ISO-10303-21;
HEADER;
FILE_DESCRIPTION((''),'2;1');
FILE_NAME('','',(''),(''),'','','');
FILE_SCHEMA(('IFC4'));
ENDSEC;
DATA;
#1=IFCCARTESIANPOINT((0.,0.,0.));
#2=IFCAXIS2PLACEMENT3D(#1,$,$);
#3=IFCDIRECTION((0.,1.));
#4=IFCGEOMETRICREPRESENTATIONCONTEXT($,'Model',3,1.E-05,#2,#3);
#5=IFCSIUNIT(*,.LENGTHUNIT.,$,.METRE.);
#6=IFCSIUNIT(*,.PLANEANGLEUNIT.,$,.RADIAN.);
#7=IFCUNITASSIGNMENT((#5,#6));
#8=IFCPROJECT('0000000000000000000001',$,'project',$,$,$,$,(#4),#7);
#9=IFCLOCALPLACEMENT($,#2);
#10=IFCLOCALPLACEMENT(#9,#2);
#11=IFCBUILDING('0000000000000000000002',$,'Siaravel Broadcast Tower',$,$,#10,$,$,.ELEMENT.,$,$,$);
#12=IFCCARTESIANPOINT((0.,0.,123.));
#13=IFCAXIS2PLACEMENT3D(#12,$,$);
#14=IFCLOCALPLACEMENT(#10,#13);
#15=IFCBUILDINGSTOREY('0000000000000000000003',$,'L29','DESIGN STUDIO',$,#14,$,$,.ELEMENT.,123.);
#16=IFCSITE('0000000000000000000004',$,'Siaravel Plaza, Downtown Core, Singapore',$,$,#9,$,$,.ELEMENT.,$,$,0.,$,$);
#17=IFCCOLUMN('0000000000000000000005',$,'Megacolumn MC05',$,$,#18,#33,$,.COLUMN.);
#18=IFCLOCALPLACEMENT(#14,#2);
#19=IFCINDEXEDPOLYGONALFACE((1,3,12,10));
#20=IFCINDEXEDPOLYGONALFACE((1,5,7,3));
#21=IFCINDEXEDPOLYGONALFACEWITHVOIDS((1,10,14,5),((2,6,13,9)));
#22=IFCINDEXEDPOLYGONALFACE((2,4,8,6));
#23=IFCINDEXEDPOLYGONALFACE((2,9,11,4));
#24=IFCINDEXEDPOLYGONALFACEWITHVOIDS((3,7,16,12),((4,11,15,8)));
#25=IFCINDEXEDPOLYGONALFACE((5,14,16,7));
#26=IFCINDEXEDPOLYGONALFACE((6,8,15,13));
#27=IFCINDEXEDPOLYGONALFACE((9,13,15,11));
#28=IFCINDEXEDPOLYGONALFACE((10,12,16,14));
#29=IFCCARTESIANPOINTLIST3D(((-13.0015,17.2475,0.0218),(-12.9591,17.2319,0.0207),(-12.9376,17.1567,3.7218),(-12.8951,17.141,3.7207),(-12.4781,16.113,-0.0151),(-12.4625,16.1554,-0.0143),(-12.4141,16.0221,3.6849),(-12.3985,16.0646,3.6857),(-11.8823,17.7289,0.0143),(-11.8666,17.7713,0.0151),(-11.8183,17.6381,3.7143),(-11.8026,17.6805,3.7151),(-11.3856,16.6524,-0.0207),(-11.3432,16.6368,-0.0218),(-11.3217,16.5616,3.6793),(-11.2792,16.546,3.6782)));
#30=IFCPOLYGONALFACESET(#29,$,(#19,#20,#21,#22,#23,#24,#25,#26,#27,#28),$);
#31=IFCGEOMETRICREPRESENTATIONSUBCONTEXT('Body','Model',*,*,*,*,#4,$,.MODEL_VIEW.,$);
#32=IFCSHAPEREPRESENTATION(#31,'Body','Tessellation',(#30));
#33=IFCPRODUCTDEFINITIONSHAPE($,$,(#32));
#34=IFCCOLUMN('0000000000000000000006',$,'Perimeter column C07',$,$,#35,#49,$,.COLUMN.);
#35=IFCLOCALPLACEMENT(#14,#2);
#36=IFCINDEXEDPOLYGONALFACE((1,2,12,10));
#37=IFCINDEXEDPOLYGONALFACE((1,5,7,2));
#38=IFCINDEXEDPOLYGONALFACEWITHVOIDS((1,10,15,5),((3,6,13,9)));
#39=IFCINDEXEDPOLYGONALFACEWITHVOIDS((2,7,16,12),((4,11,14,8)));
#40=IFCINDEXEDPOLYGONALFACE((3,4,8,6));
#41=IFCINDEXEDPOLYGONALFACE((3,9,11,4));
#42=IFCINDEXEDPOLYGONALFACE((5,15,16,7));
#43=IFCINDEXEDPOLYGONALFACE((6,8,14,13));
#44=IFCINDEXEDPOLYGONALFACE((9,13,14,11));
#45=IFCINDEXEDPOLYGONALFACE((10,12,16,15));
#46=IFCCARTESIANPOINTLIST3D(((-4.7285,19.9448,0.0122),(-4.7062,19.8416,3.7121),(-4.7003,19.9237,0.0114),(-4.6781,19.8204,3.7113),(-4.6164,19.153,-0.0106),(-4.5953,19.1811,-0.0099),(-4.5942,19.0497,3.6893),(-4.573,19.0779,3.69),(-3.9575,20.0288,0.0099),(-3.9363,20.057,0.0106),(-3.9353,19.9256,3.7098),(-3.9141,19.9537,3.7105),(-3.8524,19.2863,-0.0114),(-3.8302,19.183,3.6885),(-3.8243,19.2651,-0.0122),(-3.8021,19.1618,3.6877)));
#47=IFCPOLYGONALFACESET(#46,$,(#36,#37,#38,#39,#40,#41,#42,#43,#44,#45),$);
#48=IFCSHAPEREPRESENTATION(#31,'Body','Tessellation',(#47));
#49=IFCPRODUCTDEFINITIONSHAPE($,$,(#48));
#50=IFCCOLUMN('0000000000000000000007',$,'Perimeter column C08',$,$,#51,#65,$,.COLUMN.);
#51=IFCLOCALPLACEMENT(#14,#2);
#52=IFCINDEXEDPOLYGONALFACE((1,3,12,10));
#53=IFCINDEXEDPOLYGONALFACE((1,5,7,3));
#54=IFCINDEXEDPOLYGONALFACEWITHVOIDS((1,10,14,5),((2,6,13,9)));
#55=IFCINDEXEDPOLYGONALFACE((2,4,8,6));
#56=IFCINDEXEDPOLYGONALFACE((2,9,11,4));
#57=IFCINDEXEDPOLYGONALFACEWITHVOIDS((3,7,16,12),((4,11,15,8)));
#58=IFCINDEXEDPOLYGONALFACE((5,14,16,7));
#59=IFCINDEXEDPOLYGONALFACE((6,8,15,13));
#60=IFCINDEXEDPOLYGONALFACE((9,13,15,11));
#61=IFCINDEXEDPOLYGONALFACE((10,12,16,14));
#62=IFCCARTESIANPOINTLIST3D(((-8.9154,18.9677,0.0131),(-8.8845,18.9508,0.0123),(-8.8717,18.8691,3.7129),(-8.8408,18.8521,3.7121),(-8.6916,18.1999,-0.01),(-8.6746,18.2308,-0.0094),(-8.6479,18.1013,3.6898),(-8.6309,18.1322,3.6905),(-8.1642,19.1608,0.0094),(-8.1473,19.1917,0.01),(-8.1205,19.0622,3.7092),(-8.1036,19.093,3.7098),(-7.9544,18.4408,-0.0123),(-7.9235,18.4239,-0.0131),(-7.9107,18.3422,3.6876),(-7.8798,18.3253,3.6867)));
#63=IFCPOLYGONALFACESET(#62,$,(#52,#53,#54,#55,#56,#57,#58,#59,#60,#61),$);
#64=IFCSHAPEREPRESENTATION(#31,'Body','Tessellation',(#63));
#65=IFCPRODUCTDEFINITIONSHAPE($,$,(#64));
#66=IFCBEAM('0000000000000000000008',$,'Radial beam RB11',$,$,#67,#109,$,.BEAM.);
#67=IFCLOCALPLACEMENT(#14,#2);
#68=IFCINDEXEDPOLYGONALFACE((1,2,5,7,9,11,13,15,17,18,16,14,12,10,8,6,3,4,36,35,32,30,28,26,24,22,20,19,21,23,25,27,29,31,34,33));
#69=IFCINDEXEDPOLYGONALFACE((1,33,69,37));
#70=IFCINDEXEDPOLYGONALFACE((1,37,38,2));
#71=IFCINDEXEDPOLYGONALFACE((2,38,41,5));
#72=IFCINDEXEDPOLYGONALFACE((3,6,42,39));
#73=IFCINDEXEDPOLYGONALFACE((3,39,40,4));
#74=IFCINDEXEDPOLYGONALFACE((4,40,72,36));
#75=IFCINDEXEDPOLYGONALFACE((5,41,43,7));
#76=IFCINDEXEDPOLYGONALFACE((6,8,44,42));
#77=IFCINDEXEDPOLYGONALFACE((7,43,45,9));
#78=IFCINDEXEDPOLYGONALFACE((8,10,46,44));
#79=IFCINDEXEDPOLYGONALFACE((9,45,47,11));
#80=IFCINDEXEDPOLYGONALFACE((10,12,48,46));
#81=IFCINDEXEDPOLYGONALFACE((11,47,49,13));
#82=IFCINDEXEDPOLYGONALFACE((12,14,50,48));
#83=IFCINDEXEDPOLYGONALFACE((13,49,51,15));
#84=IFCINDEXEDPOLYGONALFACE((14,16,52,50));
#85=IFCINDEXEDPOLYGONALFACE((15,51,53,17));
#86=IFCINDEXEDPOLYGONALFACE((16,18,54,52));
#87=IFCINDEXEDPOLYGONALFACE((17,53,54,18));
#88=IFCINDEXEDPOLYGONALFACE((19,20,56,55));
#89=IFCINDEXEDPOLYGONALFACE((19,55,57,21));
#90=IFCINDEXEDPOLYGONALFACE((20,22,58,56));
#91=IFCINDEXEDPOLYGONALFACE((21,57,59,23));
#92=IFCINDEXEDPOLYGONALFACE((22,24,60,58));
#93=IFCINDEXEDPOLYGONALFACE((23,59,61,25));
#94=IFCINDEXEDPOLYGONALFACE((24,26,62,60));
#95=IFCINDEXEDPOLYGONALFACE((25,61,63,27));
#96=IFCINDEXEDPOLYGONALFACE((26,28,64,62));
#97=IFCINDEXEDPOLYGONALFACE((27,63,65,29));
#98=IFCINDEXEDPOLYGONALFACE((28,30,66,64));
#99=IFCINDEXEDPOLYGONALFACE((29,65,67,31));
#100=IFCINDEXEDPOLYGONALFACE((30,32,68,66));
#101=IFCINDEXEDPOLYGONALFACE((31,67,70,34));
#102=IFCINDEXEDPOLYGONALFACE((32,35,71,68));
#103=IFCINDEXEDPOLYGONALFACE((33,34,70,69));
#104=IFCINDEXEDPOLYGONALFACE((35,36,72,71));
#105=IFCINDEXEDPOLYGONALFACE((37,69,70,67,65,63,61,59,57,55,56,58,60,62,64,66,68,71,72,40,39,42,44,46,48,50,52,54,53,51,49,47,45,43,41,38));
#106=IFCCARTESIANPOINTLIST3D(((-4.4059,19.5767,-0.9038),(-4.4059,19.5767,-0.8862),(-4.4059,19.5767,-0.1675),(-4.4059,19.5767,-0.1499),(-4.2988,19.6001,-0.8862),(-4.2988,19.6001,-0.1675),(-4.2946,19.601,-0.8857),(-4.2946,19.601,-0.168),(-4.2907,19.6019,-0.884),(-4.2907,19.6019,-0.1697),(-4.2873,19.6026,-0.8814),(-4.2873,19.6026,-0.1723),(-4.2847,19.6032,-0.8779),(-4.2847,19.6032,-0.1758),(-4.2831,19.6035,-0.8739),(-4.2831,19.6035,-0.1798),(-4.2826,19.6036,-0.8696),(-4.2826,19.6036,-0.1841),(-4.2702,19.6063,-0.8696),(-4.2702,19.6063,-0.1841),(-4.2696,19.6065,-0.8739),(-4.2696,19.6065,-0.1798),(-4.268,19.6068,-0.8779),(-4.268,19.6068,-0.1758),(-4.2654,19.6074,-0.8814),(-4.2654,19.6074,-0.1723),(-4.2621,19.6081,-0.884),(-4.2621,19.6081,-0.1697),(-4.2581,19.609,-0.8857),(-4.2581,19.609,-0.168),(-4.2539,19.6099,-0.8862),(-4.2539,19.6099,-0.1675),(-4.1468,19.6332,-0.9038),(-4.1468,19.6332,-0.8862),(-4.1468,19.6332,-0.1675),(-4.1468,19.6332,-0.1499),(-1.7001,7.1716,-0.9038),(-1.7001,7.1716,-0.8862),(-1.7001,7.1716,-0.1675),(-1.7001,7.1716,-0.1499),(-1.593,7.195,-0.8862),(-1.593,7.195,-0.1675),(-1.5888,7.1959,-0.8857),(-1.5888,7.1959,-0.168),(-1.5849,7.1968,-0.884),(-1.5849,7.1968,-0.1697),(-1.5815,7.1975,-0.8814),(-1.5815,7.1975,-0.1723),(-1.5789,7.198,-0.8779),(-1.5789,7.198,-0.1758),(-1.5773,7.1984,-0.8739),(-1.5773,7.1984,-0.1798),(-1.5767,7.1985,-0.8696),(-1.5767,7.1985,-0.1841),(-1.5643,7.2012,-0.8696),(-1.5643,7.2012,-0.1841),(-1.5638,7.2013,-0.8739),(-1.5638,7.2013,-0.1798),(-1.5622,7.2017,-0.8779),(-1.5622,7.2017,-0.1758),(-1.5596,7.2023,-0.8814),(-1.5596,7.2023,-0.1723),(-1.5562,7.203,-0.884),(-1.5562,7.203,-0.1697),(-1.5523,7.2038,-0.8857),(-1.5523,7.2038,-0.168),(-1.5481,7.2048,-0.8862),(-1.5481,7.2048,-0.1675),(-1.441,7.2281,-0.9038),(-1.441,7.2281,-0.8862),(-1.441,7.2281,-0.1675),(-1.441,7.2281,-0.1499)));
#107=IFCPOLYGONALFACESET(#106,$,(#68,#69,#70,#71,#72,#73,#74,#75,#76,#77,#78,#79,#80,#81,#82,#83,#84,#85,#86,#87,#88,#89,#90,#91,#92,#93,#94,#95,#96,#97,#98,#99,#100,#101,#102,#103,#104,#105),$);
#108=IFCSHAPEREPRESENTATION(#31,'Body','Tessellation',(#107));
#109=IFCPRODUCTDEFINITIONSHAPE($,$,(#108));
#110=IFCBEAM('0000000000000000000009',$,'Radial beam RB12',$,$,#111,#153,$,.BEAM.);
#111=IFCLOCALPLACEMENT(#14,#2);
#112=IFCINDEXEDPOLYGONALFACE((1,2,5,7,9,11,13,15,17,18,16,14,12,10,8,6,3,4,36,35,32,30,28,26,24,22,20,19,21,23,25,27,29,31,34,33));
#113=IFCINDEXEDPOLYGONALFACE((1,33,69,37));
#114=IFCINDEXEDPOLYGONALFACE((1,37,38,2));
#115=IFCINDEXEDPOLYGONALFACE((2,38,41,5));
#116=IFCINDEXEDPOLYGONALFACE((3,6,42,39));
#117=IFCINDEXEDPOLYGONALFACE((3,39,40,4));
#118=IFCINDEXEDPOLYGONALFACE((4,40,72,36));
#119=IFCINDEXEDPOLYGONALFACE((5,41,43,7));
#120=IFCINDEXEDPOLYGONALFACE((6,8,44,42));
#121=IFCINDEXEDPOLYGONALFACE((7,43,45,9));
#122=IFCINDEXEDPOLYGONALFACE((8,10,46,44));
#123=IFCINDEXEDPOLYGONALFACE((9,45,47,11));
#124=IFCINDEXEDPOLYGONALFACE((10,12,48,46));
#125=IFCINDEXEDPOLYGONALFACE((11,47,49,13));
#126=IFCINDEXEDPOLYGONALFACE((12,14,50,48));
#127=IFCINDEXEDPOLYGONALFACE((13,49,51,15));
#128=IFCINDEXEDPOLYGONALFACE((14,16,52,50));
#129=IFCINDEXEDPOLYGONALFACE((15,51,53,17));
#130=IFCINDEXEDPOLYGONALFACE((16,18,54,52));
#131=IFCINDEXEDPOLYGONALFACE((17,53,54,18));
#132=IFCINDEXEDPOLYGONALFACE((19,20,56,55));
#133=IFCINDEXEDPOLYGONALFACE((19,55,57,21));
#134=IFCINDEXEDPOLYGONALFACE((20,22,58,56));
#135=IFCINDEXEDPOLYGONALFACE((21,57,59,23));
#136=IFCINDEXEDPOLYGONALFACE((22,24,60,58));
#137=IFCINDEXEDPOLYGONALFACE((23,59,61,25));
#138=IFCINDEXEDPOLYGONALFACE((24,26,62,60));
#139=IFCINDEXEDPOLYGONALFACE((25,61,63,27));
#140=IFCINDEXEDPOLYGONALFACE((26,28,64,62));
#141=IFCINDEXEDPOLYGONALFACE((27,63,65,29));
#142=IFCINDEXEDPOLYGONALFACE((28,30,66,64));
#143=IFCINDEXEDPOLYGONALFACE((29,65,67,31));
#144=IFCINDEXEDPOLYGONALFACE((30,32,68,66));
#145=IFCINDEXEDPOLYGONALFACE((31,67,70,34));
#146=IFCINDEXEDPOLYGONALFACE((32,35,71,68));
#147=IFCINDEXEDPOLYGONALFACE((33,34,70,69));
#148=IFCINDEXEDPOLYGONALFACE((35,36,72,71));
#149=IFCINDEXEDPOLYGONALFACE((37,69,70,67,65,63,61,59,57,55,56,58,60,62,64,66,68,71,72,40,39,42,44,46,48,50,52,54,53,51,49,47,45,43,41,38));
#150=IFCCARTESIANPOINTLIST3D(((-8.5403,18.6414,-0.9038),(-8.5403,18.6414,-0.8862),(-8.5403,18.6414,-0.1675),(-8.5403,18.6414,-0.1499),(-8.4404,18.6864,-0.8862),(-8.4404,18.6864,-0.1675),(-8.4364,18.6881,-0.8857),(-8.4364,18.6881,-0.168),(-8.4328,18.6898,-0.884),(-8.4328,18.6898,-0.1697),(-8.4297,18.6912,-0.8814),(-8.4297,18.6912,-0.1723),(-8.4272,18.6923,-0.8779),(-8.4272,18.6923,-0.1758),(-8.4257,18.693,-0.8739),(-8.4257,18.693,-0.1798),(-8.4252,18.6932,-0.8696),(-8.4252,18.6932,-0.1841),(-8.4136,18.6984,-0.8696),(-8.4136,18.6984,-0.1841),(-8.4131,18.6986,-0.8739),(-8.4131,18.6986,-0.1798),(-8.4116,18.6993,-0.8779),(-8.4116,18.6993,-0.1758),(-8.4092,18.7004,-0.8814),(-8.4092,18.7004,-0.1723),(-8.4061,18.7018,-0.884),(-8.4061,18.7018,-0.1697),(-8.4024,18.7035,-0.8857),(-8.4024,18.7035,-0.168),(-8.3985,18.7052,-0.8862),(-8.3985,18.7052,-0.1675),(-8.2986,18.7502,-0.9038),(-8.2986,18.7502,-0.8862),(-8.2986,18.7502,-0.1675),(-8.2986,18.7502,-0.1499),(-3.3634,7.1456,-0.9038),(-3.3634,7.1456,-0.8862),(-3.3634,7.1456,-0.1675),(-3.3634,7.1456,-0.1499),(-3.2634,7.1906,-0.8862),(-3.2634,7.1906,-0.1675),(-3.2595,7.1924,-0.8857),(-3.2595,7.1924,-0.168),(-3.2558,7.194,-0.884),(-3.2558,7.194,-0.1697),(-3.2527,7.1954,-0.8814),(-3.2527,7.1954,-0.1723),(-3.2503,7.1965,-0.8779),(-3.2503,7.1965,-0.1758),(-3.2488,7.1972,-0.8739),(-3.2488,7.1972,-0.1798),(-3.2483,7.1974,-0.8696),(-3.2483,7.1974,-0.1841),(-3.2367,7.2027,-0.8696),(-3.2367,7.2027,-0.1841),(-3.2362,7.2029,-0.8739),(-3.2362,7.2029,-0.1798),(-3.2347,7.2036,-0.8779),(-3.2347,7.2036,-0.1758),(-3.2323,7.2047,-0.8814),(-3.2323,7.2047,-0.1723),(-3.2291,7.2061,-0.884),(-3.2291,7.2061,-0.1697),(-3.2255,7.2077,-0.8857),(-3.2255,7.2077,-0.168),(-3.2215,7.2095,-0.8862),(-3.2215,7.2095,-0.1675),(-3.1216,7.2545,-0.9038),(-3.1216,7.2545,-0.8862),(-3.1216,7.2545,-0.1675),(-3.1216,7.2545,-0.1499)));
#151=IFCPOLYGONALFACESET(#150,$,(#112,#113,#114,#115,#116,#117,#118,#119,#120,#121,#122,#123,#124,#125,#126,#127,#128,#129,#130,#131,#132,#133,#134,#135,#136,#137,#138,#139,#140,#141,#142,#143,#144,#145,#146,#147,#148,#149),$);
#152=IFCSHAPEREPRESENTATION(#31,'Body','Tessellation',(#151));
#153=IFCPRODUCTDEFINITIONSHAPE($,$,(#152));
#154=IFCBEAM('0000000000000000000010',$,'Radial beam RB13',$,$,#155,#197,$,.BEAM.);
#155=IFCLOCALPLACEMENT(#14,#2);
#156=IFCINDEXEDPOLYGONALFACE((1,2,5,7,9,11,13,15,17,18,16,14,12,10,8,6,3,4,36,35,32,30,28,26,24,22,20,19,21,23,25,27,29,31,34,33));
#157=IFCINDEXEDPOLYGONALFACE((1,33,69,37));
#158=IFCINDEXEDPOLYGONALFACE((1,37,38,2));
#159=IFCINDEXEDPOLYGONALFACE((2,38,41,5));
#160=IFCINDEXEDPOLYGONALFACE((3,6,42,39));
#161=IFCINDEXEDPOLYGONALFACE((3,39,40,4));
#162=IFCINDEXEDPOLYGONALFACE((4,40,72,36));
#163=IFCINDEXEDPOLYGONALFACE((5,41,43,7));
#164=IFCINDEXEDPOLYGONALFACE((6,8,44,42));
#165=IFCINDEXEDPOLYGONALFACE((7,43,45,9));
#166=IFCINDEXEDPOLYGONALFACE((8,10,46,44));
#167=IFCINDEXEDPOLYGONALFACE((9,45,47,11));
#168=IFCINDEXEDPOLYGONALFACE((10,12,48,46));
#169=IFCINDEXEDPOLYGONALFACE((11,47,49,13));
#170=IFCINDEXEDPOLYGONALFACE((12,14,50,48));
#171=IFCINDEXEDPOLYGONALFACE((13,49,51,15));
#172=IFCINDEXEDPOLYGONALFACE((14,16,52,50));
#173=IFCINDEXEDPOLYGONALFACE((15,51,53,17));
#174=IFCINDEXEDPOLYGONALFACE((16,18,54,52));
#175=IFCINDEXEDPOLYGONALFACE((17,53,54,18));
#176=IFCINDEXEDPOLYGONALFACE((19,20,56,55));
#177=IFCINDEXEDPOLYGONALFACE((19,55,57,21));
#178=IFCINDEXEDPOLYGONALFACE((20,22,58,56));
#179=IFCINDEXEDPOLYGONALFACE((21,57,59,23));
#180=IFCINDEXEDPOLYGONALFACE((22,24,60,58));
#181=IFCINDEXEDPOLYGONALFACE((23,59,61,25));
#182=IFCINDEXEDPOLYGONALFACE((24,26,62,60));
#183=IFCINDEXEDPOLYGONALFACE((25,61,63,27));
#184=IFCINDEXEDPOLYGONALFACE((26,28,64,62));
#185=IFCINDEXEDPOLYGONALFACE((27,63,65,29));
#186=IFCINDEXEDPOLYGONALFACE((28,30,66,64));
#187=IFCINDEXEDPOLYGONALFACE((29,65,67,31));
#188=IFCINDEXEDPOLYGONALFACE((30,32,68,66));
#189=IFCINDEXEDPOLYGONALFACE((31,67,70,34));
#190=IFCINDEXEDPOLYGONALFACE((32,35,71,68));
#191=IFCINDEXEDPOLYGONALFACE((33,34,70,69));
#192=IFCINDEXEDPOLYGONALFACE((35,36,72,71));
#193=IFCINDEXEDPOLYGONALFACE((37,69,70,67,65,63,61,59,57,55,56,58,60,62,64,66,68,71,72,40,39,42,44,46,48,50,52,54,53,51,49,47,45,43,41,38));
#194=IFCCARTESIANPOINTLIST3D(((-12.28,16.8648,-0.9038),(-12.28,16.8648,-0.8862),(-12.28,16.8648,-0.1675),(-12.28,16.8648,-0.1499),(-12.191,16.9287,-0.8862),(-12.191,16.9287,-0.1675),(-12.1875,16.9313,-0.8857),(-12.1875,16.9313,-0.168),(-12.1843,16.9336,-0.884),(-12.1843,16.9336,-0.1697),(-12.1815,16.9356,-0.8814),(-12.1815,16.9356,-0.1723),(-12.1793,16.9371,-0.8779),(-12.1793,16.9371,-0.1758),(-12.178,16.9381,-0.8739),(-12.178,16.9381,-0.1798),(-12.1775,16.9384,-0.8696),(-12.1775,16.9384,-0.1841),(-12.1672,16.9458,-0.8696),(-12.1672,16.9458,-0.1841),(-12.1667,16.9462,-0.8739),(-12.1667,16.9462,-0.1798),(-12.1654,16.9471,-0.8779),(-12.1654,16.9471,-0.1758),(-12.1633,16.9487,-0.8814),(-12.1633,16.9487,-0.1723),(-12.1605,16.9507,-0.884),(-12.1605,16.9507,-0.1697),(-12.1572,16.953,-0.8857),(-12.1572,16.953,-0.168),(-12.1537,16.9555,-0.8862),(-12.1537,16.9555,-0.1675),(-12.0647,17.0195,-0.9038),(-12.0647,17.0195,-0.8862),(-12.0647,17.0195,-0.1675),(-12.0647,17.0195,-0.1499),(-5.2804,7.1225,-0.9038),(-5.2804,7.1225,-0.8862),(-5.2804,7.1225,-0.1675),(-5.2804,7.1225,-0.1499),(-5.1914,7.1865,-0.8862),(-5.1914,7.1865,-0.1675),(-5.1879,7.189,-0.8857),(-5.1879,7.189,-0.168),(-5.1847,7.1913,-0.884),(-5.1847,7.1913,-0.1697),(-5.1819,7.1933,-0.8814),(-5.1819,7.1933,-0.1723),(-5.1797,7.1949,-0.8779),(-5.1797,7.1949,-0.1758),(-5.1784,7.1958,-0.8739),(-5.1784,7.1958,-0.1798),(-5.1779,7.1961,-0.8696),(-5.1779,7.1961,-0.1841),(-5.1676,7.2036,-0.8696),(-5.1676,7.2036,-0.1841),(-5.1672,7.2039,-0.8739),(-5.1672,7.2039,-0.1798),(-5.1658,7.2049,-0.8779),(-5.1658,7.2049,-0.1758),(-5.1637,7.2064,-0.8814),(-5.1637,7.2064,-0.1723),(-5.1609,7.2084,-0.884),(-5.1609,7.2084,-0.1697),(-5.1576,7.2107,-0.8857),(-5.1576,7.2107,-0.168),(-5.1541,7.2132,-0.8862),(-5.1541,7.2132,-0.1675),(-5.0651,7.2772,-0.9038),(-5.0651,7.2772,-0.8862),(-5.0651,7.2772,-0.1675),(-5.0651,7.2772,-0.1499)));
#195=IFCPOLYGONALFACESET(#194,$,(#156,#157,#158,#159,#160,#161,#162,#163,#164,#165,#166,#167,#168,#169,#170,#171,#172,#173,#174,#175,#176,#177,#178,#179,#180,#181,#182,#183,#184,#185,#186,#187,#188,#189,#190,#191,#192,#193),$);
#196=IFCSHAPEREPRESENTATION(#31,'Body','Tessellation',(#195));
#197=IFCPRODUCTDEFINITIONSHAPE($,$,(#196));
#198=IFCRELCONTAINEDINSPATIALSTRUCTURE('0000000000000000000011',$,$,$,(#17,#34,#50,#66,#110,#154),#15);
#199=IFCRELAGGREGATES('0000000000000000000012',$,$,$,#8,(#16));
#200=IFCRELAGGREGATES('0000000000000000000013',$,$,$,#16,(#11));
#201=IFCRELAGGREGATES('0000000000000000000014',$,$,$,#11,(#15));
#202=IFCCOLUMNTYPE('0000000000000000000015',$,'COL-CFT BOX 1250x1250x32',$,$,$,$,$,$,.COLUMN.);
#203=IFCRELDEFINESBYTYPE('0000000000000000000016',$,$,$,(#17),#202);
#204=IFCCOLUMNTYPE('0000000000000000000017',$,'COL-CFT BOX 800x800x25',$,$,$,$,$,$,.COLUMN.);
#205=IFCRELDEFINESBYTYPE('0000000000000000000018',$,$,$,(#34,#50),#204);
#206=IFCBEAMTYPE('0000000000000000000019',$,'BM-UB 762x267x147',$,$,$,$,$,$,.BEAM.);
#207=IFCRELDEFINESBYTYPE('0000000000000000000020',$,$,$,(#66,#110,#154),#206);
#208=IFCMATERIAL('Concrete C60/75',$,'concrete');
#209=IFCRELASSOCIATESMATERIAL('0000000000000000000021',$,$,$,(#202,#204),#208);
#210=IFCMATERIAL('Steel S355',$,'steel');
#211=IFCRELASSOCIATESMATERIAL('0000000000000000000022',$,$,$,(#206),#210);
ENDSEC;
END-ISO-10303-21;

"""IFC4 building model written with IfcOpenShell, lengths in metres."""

from ifc_helpers import new_model, si_unit, direction, frame, origin, origin_2d, place, context, subcontext, project, spatial, hollow_rectangle, i_section, extrude, material, material_profile, profile_set, type_object, element, save


model = new_model("IFC4")

# Units and contexts
model_context = context("Model", 3, precision=1e-05, world=origin(), true_north=direction((0.0, 1.0)))
body_context = subcontext(model_context, "Body", "Model", "MODEL_VIEW")
ifc_project = project(units=[si_unit("LENGTHUNIT", "METRE"), si_unit("PLANEANGLEUNIT", "RADIAN")], contexts=[model_context])

# Site, building, storey
site_placement = place(None, origin())
site = spatial("IfcSite", under=ifc_project, at=site_placement, Name="Siaravel Plaza, Downtown Core, Singapore", CompositionType="ELEMENT", RefElevation=0.0)
building_placement = place(site_placement, origin())
building = spatial("IfcBuilding", under=site, at=building_placement, Name="Siaravel Broadcast Tower", CompositionType="ELEMENT")
storey_placement = place(building_placement, frame((0.0, 0.0, 123.0)))
storey = spatial("IfcBuildingStorey", under=building, at=storey_placement, Name="L29", Description="DESIGN STUDIO", CompositionType="ELEMENT", Elevation=123.0)

# Columns
ifc_material_1 = material(Name="Concrete C60/75", Category="concrete")
ifc_material_profile_1 = material_profile(ifc_material_1, hollow_rectangle(XDim=1.25, YDim=1.25, WallThickness=0.032, at=origin_2d()))
ifc_profile_set_1 = profile_set([ifc_material_profile_1], Name="Concrete C60/75")
column_type_1 = type_object("IfcColumnType", Name="COL-CFT BOX 1250x1250x32", PredefinedType="COLUMN", material=ifc_profile_set_1)
column_placement = place(storey_placement, frame((-12.1724, 16.9421, 0.0), z_axis=(0.01728, -0.024535, 0.99955), x_axis=(0.907942, 0.41906, -0.00541)))
element("IfcColumn", 1, at=column_placement, inside=storey, type_object=column_type_1, Name="Megacolumn MC05", PredefinedType="COLUMN", context=body_context, shape_type="SweptSolid", body=[
    extrude(hollow_rectangle(XDim=1.25, YDim=1.25, WallThickness=0.032, at=origin_2d()), origin(), (0.0, 0.0, 1.0), 3.7017),
])
ifc_material_profile_2 = material_profile(ifc_material_1, hollow_rectangle(XDim=0.8, YDim=0.8, WallThickness=0.0249, at=origin_2d()))
ifc_profile_set_2 = profile_set([ifc_material_profile_2], Name="Concrete C60/75")
column_type_2 = type_object("IfcColumnType", Name="COL-CFT BOX 800x800x25", PredefinedType="COLUMN", material=ifc_profile_set_2)
for number, where, z_axis, x_axis, name in (
    (2, (-4.2764, 19.605, 0.0), (0.006002, -0.0279, 0.999593), (0.99013, 0.140135, -0.002034), "Perimeter column C07"),
    (3, (-8.4194, 18.6958, 0.0), (0.011806, -0.026647, 0.999575), (0.960009, 0.279942, -0.003876), "Perimeter column C08"),
):
    element("IfcColumn", number, at=place(storey_placement, frame(where, z_axis=z_axis, x_axis=x_axis)), inside=storey, type_object=column_type_2, Name=name, PredefinedType="COLUMN", context=body_context, shape_type="SweptSolid", body=[
        extrude(hollow_rectangle(XDim=0.8, YDim=0.8, WallThickness=0.0249, at=origin_2d()), origin(), (0.0, 0.0, 1.0), 3.7014),
    ])

# Beams
ifc_material_2 = material(Name="Steel S355", Category="steel")
ifc_material_profile_3 = material_profile(ifc_material_2, i_section(OverallWidth=0.2651, OverallDepth=0.7539, WebThickness=0.0127, FlangeThickness=0.0176, FilletRadius=0.0166, at=origin_2d()))
ifc_profile_set_3 = profile_set([ifc_material_profile_3], Name="Steel S355")
beam_type = type_object("IfcBeamType", Name="BM-UB 762x267x147", PredefinedType="BEAM", material=ifc_profile_set_3)
beam_1_placement = place(storey_placement, frame((-4.2764, 19.605, -0.5269), z_axis=(0.213111, -0.977028, 0.0), x_axis=(0.977028, 0.213111, 0.0)))
element("IfcBeam", 4, at=beam_1_placement, inside=storey, type_object=beam_type, Name="Radial beam RB11", PredefinedType="BEAM", context=body_context, shape_type="SweptSolid", body=[
    extrude(i_section(OverallWidth=0.2651, OverallDepth=0.7539, WebThickness=0.0127, FlangeThickness=0.0176, FilletRadius=0.0166, at=origin_2d()), origin(), (0.0, 0.0, 1.0), 12.6968),
])
beam_2_placement = place(storey_placement, frame((-8.4194, 18.6958, -0.5269), z_axis=(0.41062, -0.911807, 0.0), x_axis=(0.911807, 0.41062, 0.0)))
element("IfcBeam", 5, at=beam_2_placement, inside=storey, type_object=beam_type, Name="Radial beam RB12", PredefinedType="BEAM", context=body_context, shape_type="SweptSolid", body=[
    extrude(i_section(OverallWidth=0.2651, OverallDepth=0.7539, WebThickness=0.0127, FlangeThickness=0.0176, FilletRadius=0.0166, at=origin_2d()), origin(), (0.0, 0.0, 1.0), 12.6077),
])
beam_3_placement = place(storey_placement, frame((-12.1724, 16.9421, -0.5269), z_axis=(0.583488, -0.812121, 0.0), x_axis=(0.812121, 0.583488, 0.0)))
element("IfcBeam", 6, at=beam_3_placement, inside=storey, type_object=beam_type, Name="Radial beam RB13", PredefinedType="BEAM", context=body_context, shape_type="SweptSolid", body=[
    extrude(i_section(OverallWidth=0.2651, OverallDepth=0.7539, WebThickness=0.0127, FlangeThickness=0.0176, FilletRadius=0.0166, at=origin_2d()), origin(), (0.0, 0.0, 1.0), 11.9961),
])

save(model, "model.ifc")
